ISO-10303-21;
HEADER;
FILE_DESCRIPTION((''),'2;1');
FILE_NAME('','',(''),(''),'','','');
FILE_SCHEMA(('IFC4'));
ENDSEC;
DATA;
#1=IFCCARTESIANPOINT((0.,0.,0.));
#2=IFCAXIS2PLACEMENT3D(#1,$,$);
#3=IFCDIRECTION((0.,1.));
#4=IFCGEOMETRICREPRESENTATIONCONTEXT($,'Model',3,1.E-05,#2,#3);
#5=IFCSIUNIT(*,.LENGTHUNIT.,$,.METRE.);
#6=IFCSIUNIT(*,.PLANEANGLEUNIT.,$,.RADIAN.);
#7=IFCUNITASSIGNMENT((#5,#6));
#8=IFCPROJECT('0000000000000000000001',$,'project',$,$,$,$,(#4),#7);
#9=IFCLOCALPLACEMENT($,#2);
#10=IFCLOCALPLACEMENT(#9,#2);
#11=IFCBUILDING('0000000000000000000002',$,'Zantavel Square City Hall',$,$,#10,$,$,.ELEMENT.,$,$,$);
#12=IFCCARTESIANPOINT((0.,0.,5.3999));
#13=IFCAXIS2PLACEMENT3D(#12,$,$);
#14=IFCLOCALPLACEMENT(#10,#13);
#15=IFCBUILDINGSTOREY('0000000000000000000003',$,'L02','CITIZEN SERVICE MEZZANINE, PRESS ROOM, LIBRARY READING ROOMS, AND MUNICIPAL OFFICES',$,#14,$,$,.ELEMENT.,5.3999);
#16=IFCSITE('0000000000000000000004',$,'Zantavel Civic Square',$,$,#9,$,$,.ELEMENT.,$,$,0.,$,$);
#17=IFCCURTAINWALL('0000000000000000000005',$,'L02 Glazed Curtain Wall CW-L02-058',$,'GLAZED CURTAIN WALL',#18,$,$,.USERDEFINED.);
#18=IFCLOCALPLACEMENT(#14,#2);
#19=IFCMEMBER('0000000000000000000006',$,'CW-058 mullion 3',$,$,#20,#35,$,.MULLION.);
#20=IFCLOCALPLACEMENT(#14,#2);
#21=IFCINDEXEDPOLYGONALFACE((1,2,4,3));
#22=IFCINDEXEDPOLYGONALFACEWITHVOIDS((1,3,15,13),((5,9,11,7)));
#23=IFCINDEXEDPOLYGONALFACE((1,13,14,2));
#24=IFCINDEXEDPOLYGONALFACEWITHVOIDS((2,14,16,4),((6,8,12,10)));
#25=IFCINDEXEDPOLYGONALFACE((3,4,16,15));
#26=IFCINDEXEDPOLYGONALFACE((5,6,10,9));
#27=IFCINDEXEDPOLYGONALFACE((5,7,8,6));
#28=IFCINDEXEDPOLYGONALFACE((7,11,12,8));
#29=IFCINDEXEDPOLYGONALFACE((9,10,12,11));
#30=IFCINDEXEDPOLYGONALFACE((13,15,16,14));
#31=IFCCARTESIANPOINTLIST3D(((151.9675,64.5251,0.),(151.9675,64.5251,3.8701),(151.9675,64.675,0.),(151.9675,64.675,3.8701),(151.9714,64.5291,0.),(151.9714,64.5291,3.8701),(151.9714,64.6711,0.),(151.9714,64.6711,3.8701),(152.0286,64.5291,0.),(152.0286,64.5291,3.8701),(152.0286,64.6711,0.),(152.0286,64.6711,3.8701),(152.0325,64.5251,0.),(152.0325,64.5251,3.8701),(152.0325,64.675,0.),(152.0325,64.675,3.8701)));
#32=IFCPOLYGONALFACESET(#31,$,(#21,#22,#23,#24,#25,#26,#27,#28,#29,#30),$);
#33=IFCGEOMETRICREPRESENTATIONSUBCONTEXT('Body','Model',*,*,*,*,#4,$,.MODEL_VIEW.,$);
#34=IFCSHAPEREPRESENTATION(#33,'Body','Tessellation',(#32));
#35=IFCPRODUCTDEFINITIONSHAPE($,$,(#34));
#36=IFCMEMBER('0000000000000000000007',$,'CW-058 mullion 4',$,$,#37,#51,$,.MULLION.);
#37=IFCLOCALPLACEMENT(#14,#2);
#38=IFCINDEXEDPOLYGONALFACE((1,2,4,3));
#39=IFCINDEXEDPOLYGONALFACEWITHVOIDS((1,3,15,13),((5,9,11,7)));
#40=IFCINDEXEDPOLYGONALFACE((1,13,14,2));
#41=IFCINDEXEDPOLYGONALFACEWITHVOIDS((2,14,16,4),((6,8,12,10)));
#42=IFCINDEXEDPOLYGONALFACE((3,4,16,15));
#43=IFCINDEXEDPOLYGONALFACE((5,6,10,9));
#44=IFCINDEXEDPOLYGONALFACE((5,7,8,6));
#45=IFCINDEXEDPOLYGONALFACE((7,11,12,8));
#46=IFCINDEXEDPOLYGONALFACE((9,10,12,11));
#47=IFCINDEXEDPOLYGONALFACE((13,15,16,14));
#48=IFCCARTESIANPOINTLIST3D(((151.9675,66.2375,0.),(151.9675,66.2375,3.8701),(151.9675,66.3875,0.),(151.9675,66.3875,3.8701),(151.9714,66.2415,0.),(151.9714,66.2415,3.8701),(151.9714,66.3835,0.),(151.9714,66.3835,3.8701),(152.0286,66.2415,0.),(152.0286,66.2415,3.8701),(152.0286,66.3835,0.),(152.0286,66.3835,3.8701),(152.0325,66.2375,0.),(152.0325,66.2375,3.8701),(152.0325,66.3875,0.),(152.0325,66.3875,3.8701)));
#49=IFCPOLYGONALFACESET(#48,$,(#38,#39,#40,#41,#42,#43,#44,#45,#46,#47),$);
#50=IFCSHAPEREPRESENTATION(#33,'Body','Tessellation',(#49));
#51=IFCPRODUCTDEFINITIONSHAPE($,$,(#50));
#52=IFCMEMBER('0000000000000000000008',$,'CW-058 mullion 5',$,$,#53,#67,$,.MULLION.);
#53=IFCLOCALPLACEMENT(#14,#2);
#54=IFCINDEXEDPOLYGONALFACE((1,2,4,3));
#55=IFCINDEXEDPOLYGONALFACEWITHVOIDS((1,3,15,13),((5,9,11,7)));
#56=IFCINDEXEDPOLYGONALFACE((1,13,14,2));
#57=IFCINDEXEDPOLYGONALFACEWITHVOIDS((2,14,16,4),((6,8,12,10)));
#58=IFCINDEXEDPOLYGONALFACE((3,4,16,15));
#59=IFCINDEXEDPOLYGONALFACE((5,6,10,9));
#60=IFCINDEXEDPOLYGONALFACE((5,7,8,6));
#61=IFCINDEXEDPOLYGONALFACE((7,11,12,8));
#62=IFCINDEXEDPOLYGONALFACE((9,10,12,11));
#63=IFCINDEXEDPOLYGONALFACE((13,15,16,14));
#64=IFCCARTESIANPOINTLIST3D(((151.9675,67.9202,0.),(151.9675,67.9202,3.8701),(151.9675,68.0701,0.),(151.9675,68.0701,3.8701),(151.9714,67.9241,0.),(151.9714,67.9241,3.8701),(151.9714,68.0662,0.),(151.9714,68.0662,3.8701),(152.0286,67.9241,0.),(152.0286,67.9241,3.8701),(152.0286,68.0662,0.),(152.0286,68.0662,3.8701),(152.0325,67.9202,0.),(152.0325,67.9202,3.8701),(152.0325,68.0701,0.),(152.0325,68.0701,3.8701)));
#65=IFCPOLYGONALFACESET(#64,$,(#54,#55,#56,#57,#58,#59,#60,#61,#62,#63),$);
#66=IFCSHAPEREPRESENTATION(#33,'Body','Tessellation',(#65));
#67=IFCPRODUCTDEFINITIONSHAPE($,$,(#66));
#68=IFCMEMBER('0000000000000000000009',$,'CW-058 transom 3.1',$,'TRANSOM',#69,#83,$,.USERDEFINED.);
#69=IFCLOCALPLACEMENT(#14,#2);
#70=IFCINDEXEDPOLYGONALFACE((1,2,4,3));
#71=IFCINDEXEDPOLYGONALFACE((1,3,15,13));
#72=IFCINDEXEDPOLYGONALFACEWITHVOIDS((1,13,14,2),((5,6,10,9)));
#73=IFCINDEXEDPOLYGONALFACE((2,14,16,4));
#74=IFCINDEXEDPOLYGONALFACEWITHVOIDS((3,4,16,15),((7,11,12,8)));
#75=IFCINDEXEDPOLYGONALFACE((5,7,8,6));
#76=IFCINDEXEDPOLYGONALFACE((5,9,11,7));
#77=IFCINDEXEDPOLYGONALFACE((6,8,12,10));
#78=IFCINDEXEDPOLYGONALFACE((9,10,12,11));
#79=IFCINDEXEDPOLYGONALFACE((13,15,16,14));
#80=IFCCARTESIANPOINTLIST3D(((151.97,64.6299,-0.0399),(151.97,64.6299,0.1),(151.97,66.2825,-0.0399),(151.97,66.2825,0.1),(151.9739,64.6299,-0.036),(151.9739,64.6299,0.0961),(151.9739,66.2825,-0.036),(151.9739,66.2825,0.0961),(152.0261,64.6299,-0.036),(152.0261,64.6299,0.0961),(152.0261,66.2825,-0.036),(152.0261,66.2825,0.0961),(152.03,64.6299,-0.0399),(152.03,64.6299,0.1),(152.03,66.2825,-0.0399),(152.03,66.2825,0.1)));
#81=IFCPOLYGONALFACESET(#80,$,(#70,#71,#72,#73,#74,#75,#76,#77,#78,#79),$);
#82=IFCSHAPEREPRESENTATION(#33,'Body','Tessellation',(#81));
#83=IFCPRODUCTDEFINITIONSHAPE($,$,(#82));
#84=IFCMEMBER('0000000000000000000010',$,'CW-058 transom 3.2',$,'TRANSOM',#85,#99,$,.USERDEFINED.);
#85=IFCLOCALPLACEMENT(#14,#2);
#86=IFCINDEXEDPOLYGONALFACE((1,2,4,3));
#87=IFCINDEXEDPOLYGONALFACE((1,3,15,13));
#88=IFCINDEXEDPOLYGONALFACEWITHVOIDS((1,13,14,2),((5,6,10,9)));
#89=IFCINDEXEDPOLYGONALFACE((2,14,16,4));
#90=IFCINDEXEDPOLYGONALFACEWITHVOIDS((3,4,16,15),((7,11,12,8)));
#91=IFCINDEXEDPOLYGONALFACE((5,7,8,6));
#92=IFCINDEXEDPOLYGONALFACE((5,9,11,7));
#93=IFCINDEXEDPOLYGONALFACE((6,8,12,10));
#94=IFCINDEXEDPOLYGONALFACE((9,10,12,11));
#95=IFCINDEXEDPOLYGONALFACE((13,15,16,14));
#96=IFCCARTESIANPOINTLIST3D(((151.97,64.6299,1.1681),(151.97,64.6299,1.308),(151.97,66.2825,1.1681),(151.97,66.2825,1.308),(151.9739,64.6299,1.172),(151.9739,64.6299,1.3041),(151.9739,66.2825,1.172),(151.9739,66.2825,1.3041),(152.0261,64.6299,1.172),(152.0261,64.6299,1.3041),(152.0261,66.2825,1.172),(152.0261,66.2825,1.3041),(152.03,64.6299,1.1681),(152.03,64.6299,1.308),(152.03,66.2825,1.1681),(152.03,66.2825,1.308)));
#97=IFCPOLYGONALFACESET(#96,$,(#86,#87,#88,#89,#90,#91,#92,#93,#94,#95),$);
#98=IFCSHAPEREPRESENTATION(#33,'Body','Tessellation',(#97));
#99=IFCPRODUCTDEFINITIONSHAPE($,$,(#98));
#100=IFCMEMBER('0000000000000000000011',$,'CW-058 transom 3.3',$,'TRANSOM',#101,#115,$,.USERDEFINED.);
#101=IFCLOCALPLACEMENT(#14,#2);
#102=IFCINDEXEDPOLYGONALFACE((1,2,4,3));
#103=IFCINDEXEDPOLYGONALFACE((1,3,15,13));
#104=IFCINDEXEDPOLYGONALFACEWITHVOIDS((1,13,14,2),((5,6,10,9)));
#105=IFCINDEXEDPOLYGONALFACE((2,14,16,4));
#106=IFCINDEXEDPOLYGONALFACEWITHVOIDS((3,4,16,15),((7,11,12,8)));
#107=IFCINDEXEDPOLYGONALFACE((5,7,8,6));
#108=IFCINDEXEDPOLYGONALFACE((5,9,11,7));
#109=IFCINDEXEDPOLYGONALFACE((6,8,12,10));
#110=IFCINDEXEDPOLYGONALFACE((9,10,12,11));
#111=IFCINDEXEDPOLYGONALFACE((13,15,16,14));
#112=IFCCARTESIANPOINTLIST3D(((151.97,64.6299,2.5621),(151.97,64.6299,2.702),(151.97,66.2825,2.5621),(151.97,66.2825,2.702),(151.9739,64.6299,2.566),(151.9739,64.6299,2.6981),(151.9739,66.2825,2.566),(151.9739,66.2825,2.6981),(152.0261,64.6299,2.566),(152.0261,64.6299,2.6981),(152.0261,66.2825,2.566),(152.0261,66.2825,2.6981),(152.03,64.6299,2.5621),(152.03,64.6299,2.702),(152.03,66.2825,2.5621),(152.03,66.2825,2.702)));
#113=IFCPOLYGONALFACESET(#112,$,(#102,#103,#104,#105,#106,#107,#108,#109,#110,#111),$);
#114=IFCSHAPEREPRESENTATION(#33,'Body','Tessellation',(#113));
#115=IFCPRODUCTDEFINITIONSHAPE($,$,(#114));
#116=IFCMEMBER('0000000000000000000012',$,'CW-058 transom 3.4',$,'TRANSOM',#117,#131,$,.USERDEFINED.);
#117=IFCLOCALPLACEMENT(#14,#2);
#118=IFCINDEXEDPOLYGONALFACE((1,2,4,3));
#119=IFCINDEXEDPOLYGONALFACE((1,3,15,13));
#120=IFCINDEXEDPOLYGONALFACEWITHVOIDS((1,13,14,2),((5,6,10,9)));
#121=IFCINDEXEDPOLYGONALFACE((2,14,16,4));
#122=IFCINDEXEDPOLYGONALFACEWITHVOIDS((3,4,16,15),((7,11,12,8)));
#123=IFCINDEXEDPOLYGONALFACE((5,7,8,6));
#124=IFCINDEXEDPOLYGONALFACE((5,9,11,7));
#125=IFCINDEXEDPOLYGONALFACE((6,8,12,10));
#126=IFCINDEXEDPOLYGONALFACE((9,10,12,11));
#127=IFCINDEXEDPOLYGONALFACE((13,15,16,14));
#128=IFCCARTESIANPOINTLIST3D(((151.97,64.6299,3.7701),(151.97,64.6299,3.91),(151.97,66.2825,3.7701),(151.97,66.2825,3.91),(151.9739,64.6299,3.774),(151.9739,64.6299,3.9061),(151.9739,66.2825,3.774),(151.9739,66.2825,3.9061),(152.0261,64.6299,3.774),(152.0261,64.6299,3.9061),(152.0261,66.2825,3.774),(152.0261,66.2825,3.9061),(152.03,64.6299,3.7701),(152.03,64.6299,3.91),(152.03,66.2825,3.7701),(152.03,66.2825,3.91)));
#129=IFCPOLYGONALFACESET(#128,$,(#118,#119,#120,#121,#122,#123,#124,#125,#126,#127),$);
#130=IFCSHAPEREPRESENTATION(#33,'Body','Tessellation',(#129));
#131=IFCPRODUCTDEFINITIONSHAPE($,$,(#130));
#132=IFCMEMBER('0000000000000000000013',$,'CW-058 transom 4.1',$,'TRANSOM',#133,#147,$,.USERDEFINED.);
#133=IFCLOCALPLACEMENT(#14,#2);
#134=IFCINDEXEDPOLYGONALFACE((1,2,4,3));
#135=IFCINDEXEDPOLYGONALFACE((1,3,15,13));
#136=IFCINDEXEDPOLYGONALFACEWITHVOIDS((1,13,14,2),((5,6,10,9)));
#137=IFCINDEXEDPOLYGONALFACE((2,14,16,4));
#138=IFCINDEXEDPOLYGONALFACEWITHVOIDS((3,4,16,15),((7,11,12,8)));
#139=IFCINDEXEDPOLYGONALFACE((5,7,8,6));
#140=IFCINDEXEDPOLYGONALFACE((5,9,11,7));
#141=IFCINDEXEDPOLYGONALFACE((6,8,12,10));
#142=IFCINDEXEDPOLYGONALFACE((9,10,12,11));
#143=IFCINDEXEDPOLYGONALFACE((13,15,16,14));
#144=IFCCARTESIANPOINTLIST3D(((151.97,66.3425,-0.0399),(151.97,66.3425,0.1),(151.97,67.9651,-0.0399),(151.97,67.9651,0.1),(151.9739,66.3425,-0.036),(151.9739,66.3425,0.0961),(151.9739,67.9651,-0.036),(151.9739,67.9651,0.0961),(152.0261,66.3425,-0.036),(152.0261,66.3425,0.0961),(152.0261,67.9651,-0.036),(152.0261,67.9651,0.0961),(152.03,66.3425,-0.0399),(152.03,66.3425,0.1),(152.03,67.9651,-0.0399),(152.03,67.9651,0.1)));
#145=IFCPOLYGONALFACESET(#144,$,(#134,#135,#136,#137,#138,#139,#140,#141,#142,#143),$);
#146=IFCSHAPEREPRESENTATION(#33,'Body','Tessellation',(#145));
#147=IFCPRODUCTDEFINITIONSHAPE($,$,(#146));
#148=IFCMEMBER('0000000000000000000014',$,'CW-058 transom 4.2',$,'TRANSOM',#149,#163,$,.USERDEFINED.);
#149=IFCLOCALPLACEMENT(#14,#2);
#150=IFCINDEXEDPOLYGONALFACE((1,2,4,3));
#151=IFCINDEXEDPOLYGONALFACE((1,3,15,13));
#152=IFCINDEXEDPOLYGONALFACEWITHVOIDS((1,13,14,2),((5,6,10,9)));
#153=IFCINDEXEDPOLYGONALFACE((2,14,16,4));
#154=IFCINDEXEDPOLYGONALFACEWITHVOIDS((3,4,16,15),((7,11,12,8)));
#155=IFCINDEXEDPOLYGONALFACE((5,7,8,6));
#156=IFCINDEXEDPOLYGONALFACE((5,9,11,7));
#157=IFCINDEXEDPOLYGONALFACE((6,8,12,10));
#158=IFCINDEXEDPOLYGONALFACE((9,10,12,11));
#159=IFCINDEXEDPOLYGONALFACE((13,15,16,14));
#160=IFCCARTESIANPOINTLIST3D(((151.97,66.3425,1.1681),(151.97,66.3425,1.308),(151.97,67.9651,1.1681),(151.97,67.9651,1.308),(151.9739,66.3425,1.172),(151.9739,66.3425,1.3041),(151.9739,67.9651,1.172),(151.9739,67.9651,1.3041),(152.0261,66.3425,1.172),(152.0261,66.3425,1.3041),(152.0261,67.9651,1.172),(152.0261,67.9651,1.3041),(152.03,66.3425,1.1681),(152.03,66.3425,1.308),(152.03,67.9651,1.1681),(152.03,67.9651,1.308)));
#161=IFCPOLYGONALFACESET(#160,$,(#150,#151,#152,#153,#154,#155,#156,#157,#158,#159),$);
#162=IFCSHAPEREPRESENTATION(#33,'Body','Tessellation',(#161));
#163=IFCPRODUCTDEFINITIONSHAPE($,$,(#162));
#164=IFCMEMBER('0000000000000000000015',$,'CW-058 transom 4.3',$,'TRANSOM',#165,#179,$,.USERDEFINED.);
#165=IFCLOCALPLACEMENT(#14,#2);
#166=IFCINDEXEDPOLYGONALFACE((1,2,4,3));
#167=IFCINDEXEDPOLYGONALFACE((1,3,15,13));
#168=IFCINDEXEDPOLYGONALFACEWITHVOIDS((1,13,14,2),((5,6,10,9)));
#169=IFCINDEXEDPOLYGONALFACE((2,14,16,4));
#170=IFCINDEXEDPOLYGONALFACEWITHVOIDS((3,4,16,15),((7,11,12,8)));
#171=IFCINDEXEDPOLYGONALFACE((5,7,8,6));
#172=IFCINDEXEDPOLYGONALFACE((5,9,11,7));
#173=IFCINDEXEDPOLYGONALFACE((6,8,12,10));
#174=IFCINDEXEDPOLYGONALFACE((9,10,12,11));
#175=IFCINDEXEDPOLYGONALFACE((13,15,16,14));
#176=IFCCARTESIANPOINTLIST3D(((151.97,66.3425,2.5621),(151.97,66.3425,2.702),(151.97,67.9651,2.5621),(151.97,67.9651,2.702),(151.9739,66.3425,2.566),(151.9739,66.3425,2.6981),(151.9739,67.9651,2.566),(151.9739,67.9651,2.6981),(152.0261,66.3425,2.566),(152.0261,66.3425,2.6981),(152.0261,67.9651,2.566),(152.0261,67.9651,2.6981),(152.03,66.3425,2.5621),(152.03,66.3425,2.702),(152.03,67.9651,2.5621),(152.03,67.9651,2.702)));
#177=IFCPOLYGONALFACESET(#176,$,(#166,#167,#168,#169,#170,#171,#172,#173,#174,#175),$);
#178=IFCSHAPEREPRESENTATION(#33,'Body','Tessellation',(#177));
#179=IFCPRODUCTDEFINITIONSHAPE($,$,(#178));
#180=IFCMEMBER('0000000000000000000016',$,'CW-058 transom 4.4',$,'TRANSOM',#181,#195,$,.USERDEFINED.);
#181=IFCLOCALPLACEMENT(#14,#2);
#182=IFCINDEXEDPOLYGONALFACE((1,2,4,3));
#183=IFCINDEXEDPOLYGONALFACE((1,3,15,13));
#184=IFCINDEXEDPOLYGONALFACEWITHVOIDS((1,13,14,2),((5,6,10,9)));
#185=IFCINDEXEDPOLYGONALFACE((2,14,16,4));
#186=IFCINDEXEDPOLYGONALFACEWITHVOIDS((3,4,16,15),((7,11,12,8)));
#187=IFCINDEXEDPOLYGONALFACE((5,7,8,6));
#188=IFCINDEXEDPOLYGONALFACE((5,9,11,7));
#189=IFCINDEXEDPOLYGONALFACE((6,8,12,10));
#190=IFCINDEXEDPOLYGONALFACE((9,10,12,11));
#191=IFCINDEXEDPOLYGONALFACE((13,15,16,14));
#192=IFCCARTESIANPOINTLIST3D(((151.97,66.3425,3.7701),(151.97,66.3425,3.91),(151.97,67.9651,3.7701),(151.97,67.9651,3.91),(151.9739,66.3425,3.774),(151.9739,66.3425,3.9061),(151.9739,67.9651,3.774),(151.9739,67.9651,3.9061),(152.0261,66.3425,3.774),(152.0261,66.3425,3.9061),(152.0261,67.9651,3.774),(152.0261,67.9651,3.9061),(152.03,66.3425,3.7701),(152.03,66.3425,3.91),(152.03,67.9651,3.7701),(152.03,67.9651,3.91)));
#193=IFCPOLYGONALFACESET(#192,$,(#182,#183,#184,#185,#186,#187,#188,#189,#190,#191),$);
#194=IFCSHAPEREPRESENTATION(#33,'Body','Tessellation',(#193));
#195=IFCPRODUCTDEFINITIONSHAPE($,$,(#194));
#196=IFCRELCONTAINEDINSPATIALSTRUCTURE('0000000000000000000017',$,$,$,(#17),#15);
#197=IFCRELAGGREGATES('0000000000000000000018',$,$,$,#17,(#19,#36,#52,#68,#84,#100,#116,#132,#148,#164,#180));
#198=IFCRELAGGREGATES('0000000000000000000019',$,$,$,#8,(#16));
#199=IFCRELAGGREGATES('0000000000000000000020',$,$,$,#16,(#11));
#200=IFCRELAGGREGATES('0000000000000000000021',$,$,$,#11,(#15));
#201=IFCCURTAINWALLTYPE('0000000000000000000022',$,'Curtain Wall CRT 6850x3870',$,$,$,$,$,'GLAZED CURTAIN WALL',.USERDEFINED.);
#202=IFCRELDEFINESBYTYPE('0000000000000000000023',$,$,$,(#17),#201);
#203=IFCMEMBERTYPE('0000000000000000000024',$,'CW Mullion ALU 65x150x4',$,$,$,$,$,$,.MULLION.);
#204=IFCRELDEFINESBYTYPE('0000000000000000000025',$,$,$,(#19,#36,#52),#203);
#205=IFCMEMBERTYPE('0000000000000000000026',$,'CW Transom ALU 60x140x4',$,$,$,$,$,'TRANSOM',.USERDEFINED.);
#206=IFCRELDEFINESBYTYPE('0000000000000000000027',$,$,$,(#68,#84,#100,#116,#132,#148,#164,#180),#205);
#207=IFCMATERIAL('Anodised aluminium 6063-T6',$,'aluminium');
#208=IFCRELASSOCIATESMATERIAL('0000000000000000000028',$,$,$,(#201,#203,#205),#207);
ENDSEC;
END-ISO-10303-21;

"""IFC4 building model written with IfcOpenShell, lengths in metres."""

from ifc_helpers import new_model, si_unit, direction, frame, origin, origin_2d, place, context, subcontext, project, spatial, hollow_rectangle, extrude, material, material_profile, profile_set, type_object, element, aggregate, save


model = new_model("IFC4")

# Units and contexts
model_context = context("Model", 3, precision=1e-05, world=origin(), true_north=direction((0.0, 1.0)))
body_context = subcontext(model_context, "Body", "Model", "MODEL_VIEW")
ifc_project = project(units=[si_unit("LENGTHUNIT", "METRE"), si_unit("PLANEANGLEUNIT", "RADIAN")], contexts=[model_context])

# Site, building, storey
site_placement = place(None, origin())
site = spatial("IfcSite", under=ifc_project, at=site_placement, Name="Zantavel Civic Square", CompositionType="ELEMENT", RefElevation=0.0)
building_placement = place(site_placement, origin())
building = spatial("IfcBuilding", under=site, at=building_placement, Name="Zantavel Square City Hall", CompositionType="ELEMENT")
storey_placement = place(building_placement, frame((0.0, 0.0, 5.3999)))
storey = spatial("IfcBuildingStorey", under=building, at=storey_placement, Name="L02", Description="CITIZEN SERVICE MEZZANINE, PRESS ROOM, LIBRARY READING ROOMS, AND MUNICIPAL OFFICES", CompositionType="ELEMENT", Elevation=5.3999)

# Curtain wall, members
ifc_material_1 = material(Name="Anodised aluminium 6063-T6", Category="aluminium")
curtain_wall_type = type_object("IfcCurtainWallType", Name="Curtain Wall CRT 6850x3870", ElementType="GLAZED CURTAIN WALL", PredefinedType="USERDEFINED", material=ifc_material_1)
curtain_wall_placement = place(storey_placement, origin())
curtain_wall = element("IfcCurtainWall", 1, at=curtain_wall_placement, inside=storey, type_object=curtain_wall_type, Name="L02 Glazed Curtain Wall CW-L02-058", ObjectType="GLAZED CURTAIN WALL", PredefinedType="USERDEFINED")
ifc_material_profile_1 = material_profile(ifc_material_1, hollow_rectangle(XDim=0.0649, YDim=0.1499, WallThickness=0.0039, at=origin_2d()), Name="ALU 65x150x4")
ifc_profile_set_1 = profile_set([ifc_material_profile_1], Name="Anodised aluminium 6063-T6")
member_type_1 = type_object("IfcMemberType", Name="CW Mullion ALU 65x150x4", PredefinedType="MULLION", material=ifc_profile_set_1)
member_1_placement = place(storey_placement, frame((152.0, 64.6001, 0.0), z_axis=(0.0, 0.0, 1.0), x_axis=(-1.0, 0.0, 0.0)))
member_1 = element("IfcMember", 2, at=member_1_placement, type_object=member_type_1, Name="CW-058 mullion 3", PredefinedType="MULLION", context=body_context, shape_type="SweptSolid", body=[
    extrude(hollow_rectangle(XDim=0.0649, YDim=0.1499, WallThickness=0.0039, at=origin_2d()), origin(), (0.0, 0.0, 1.0), 3.8701),
])
member_2_placement = place(storey_placement, frame((152.0, 66.3125, 0.0), z_axis=(0.0, 0.0, 1.0), x_axis=(-1.0, 0.0, 0.0)))
member_2 = element("IfcMember", 3, at=member_2_placement, type_object=member_type_1, Name="CW-058 mullion 4", PredefinedType="MULLION", context=body_context, shape_type="SweptSolid", body=[
    extrude(hollow_rectangle(XDim=0.0649, YDim=0.1499, WallThickness=0.0039, at=origin_2d()), origin(), (0.0, 0.0, 1.0), 3.8701),
])
member_3_placement = place(storey_placement, frame((152.0, 67.9951, 0.0), z_axis=(0.0, 0.0, 1.0), x_axis=(-1.0, 0.0, 0.0)))
member_3 = element("IfcMember", 4, at=member_3_placement, type_object=member_type_1, Name="CW-058 mullion 5", PredefinedType="MULLION", context=body_context, shape_type="SweptSolid", body=[
    extrude(hollow_rectangle(XDim=0.0649, YDim=0.1499, WallThickness=0.0039, at=origin_2d()), origin(), (0.0, 0.0, 1.0), 3.8701),
])
ifc_material_profile_2 = material_profile(ifc_material_1, hollow_rectangle(XDim=0.0601, YDim=0.1399, WallThickness=0.0039, at=origin_2d()), Name="ALU 60x140x4")
ifc_profile_set_2 = profile_set([ifc_material_profile_2], Name="Anodised aluminium 6063-T6")
member_type_2 = type_object("IfcMemberType", Name="CW Transom ALU 60x140x4", ElementType="TRANSOM", PredefinedType="USERDEFINED", material=ifc_profile_set_2)
member_4_placement = place(storey_placement, frame((152.0, 64.6299, 0.03), z_axis=(0.0, 1.0, 0.0), x_axis=(-1.0, 0.0, 0.0)))
member_4 = element("IfcMember", 5, at=member_4_placement, type_object=member_type_2, Name="CW-058 transom 3.1", ObjectType="TRANSOM", PredefinedType="USERDEFINED", context=body_context, shape_type="SweptSolid", body=[
    extrude(hollow_rectangle(XDim=0.0601, YDim=0.1399, WallThickness=0.0039, at=origin_2d()), origin(), (0.0, 0.0, 1.0), 1.6526),
])
member_5_placement = place(storey_placement, frame((152.0, 64.6299, 1.238), z_axis=(0.0, 1.0, 0.0), x_axis=(-1.0, 0.0, 0.0)))
member_5 = element("IfcMember", 6, at=member_5_placement, type_object=member_type_2, Name="CW-058 transom 3.2", ObjectType="TRANSOM", PredefinedType="USERDEFINED", context=body_context, shape_type="SweptSolid", body=[
    extrude(hollow_rectangle(XDim=0.0601, YDim=0.1399, WallThickness=0.0039, at=origin_2d()), origin(), (0.0, 0.0, 1.0), 1.6526),
])
member_6_placement = place(storey_placement, frame((152.0, 64.6299, 2.6321), z_axis=(0.0, 1.0, 0.0), x_axis=(-1.0, 0.0, 0.0)))
member_6 = element("IfcMember", 7, at=member_6_placement, type_object=member_type_2, Name="CW-058 transom 3.3", ObjectType="TRANSOM", PredefinedType="USERDEFINED", context=body_context, shape_type="SweptSolid", body=[
    extrude(hollow_rectangle(XDim=0.0601, YDim=0.1399, WallThickness=0.0039, at=origin_2d()), origin(), (0.0, 0.0, 1.0), 1.6526),
])
member_7_placement = place(storey_placement, frame((152.0, 64.6299, 3.8401), z_axis=(0.0, 1.0, 0.0), x_axis=(-1.0, 0.0, 0.0)))
member_7 = element("IfcMember", 8, at=member_7_placement, type_object=member_type_2, Name="CW-058 transom 3.4", ObjectType="TRANSOM", PredefinedType="USERDEFINED", context=body_context, shape_type="SweptSolid", body=[
    extrude(hollow_rectangle(XDim=0.0601, YDim=0.1399, WallThickness=0.0039, at=origin_2d()), origin(), (0.0, 0.0, 1.0), 1.6526),
])
member_8_placement = place(storey_placement, frame((152.0, 66.3425, 0.03), z_axis=(0.0, 1.0, 0.0), x_axis=(-1.0, 0.0, 0.0)))
member_8 = element("IfcMember", 9, at=member_8_placement, type_object=member_type_2, Name="CW-058 transom 4.1", ObjectType="TRANSOM", PredefinedType="USERDEFINED", context=body_context, shape_type="SweptSolid", body=[
    extrude(hollow_rectangle(XDim=0.0601, YDim=0.1399, WallThickness=0.0039, at=origin_2d()), origin(), (0.0, 0.0, 1.0), 1.6226),
])
member_9_placement = place(storey_placement, frame((152.0, 66.3425, 1.238), z_axis=(0.0, 1.0, 0.0), x_axis=(-1.0, 0.0, 0.0)))
member_9 = element("IfcMember", 10, at=member_9_placement, type_object=member_type_2, Name="CW-058 transom 4.2", ObjectType="TRANSOM", PredefinedType="USERDEFINED", context=body_context, shape_type="SweptSolid", body=[
    extrude(hollow_rectangle(XDim=0.0601, YDim=0.1399, WallThickness=0.0039, at=origin_2d()), origin(), (0.0, 0.0, 1.0), 1.6226),
])
member_10_placement = place(storey_placement, frame((152.0, 66.3425, 2.6321), z_axis=(0.0, 1.0, 0.0), x_axis=(-1.0, 0.0, 0.0)))
member_10 = element("IfcMember", 11, at=member_10_placement, type_object=member_type_2, Name="CW-058 transom 4.3", ObjectType="TRANSOM", PredefinedType="USERDEFINED", context=body_context, shape_type="SweptSolid", body=[
    extrude(hollow_rectangle(XDim=0.0601, YDim=0.1399, WallThickness=0.0039, at=origin_2d()), origin(), (0.0, 0.0, 1.0), 1.6226),
])
member_11_placement = place(storey_placement, frame((152.0, 66.3425, 3.8401), z_axis=(0.0, 1.0, 0.0), x_axis=(-1.0, 0.0, 0.0)))
member_11 = element("IfcMember", 12, at=member_11_placement, type_object=member_type_2, Name="CW-058 transom 4.4", ObjectType="TRANSOM", PredefinedType="USERDEFINED", context=body_context, shape_type="SweptSolid", body=[
    extrude(hollow_rectangle(XDim=0.0601, YDim=0.1399, WallThickness=0.0039, at=origin_2d()), origin(), (0.0, 0.0, 1.0), 1.6226),
])
aggregate(curtain_wall, [member_1, member_2, member_3, member_4, member_5, member_6, member_7, member_8, member_9, member_10, member_11])

save(model, "model.ifc")
